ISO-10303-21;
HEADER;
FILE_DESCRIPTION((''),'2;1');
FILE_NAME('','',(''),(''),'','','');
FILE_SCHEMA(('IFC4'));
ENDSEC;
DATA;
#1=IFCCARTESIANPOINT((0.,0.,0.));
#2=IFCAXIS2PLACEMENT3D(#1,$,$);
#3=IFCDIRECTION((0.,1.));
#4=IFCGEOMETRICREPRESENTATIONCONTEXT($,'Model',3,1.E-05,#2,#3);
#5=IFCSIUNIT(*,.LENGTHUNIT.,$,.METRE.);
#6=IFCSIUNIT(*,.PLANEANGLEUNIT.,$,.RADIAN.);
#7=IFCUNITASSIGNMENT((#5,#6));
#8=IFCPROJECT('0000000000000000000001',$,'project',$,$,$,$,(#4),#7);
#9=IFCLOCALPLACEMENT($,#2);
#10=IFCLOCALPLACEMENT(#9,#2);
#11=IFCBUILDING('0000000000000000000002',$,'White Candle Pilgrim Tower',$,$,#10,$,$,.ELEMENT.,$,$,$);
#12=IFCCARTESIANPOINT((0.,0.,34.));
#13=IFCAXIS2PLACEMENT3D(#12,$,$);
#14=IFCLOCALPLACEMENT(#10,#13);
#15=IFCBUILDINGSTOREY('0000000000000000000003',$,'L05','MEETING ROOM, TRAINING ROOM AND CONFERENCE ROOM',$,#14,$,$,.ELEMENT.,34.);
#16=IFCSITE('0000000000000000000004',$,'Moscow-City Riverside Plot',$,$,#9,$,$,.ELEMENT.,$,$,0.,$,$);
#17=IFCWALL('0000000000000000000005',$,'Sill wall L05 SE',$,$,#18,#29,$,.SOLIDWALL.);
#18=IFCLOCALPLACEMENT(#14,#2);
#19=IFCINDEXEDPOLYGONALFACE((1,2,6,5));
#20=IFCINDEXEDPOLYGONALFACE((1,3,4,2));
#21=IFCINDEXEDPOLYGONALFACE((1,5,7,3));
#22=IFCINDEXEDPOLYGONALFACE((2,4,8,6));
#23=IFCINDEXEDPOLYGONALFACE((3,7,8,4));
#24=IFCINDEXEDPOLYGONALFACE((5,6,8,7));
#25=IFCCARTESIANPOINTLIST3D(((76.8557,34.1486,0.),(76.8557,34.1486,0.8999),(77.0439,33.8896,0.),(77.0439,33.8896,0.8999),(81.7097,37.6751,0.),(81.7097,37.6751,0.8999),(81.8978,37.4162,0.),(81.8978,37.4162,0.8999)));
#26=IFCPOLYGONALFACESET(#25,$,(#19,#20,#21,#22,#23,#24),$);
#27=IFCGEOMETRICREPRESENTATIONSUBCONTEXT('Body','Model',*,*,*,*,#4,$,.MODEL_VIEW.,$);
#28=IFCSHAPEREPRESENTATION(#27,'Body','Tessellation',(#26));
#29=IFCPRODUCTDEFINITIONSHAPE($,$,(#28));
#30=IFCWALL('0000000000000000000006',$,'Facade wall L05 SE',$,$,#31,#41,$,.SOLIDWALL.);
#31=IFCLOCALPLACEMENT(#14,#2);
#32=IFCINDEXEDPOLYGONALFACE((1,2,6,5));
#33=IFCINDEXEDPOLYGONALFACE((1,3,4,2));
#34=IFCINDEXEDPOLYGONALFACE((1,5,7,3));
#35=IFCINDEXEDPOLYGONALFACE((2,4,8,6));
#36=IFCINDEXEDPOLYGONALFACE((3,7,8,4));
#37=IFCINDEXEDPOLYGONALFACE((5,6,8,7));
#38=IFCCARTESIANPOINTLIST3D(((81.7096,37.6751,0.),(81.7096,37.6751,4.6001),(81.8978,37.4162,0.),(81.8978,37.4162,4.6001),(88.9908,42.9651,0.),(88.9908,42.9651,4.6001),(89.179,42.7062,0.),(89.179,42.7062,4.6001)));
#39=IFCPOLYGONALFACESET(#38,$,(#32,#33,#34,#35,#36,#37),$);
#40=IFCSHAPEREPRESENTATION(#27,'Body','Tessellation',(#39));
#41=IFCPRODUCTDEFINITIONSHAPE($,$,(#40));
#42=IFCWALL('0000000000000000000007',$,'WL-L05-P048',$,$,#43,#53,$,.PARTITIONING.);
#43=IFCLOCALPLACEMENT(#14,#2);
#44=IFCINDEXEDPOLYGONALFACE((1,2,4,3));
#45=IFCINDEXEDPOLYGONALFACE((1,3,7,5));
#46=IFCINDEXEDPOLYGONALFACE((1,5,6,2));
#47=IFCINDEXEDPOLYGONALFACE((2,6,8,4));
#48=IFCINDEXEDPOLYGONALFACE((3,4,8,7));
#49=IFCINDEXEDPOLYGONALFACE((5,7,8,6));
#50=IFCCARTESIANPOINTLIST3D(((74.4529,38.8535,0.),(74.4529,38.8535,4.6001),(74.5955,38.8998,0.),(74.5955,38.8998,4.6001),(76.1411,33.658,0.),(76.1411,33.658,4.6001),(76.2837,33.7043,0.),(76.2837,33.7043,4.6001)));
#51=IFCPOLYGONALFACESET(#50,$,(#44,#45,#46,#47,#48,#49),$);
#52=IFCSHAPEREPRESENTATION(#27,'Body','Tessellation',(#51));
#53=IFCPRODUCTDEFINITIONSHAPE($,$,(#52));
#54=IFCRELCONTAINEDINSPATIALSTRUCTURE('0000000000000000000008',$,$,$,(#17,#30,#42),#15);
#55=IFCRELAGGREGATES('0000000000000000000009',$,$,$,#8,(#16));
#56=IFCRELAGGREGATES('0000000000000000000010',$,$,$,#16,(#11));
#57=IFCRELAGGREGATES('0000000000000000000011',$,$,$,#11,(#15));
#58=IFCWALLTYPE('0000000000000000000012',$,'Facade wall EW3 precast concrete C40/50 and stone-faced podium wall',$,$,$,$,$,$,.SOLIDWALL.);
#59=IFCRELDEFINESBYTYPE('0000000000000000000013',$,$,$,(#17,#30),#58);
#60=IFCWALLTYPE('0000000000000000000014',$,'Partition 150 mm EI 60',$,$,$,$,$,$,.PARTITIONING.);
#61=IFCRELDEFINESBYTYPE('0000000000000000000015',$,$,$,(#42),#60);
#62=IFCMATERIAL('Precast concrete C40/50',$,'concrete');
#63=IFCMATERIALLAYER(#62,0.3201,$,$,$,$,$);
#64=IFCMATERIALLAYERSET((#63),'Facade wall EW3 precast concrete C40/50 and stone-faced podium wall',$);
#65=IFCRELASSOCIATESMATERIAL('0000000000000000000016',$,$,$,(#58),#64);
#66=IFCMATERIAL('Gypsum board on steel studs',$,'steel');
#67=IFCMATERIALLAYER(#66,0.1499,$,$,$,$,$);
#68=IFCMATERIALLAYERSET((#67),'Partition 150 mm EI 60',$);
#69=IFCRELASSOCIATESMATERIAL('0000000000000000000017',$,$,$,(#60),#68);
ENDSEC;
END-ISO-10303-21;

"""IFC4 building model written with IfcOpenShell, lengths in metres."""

from ifc_helpers import new_model, si_unit, direction, frame, frame_2d, origin, place, context, subcontext, project, spatial, rectangle, extrude, material, layer, layer_set, type_object, element, save


model = new_model("IFC4")

# Units and contexts
model_context = context("Model", 3, precision=1e-05, world=origin(), true_north=direction((0.0, 1.0)))
body_context = subcontext(model_context, "Body", "Model", "MODEL_VIEW")
ifc_project = project(units=[si_unit("LENGTHUNIT", "METRE"), si_unit("PLANEANGLEUNIT", "RADIAN")], contexts=[model_context])

# Site, building, storey
site_placement = place(None, origin())
site = spatial("IfcSite", under=ifc_project, at=site_placement, Name="Moscow-City Riverside Plot", CompositionType="ELEMENT", RefElevation=0.0)
building_placement = place(site_placement, origin())
building = spatial("IfcBuilding", under=site, at=building_placement, Name="White Candle Pilgrim Tower", CompositionType="ELEMENT")
storey_placement = place(building_placement, frame((0.0, 0.0, 34.0)))
storey = spatial("IfcBuildingStorey", under=building, at=storey_placement, Name="L05", Description="MEETING ROOM, TRAINING ROOM AND CONFERENCE ROOM", CompositionType="ELEMENT", Elevation=34.0)

# Walls
ifc_material_1 = material(Name="Precast concrete C40/50", Category="concrete")
ifc_layer_1 = layer(ifc_material_1, 0.3201)
ifc_layer_set_1 = layer_set([ifc_layer_1], Name="Facade wall EW3 precast concrete C40/50 and stone-faced podium wall")
wall_type_1 = type_object("IfcWallType", Name="Facade wall EW3 precast concrete C40/50 and stone-faced podium wall", PredefinedType="SOLIDWALL", material=ifc_layer_set_1)
wall_1_placement = place(storey_placement, frame((76.9497, 34.019, 0.0), z_axis=(0.0, 0.0, 1.0), x_axis=(0.809019, 0.587782, 0.0)))
element("IfcWall", 1, at=wall_1_placement, inside=storey, type_object=wall_type_1, Name="Sill wall L05 SE", PredefinedType="SOLIDWALL", context=body_context, shape_type="SweptSolid", body=[
    extrude(rectangle(XDim=5.9998, YDim=0.3201, at=frame_2d((3.0, 0.0))), origin(), (0.0, 0.0, 1.0), 0.8999),
])
wall_2_placement = place(storey_placement, frame((81.8037, 37.5457, 0.0), z_axis=(0.0, 0.0, 1.0), x_axis=(0.809022, 0.587778, 0.0)))
element("IfcWall", 2, at=wall_2_placement, inside=storey, type_object=wall_type_1, Name="Facade wall L05 SE", PredefinedType="SOLIDWALL", context=body_context, shape_type="SweptSolid", body=[
    extrude(rectangle(XDim=9.0, YDim=0.3201, at=frame_2d((4.5, 0.0))), origin(), (0.0, 0.0, 1.0), 4.6001),
])
ifc_material_2 = material(Name="Gypsum board on steel studs", Category="steel")
ifc_layer_2 = layer(ifc_material_2, 0.1499)
ifc_layer_set_2 = layer_set([ifc_layer_2], Name="Partition 150 mm EI 60")
wall_type_2 = type_object("IfcWallType", Name="Partition 150 mm EI 60", PredefinedType="PARTITIONING", material=ifc_layer_set_2)
wall_3_placement = place(storey_placement, frame((76.2124, 33.6812, 0.0), z_axis=(0.0, 0.0, 1.0), x_axis=(-0.309033, 0.951051, 0.0)))
element("IfcWall", 3, at=wall_3_placement, inside=storey, type_object=wall_type_2, Name="WL-L05-P048", PredefinedType="PARTITIONING", context=body_context, shape_type="SweptSolid", body=[
    extrude(rectangle(XDim=5.4629, YDim=0.1499, at=frame_2d((2.7314, 0.0))), origin(), (0.0, 0.0, 1.0), 4.6001),
])

save(model, "model.ifc")
